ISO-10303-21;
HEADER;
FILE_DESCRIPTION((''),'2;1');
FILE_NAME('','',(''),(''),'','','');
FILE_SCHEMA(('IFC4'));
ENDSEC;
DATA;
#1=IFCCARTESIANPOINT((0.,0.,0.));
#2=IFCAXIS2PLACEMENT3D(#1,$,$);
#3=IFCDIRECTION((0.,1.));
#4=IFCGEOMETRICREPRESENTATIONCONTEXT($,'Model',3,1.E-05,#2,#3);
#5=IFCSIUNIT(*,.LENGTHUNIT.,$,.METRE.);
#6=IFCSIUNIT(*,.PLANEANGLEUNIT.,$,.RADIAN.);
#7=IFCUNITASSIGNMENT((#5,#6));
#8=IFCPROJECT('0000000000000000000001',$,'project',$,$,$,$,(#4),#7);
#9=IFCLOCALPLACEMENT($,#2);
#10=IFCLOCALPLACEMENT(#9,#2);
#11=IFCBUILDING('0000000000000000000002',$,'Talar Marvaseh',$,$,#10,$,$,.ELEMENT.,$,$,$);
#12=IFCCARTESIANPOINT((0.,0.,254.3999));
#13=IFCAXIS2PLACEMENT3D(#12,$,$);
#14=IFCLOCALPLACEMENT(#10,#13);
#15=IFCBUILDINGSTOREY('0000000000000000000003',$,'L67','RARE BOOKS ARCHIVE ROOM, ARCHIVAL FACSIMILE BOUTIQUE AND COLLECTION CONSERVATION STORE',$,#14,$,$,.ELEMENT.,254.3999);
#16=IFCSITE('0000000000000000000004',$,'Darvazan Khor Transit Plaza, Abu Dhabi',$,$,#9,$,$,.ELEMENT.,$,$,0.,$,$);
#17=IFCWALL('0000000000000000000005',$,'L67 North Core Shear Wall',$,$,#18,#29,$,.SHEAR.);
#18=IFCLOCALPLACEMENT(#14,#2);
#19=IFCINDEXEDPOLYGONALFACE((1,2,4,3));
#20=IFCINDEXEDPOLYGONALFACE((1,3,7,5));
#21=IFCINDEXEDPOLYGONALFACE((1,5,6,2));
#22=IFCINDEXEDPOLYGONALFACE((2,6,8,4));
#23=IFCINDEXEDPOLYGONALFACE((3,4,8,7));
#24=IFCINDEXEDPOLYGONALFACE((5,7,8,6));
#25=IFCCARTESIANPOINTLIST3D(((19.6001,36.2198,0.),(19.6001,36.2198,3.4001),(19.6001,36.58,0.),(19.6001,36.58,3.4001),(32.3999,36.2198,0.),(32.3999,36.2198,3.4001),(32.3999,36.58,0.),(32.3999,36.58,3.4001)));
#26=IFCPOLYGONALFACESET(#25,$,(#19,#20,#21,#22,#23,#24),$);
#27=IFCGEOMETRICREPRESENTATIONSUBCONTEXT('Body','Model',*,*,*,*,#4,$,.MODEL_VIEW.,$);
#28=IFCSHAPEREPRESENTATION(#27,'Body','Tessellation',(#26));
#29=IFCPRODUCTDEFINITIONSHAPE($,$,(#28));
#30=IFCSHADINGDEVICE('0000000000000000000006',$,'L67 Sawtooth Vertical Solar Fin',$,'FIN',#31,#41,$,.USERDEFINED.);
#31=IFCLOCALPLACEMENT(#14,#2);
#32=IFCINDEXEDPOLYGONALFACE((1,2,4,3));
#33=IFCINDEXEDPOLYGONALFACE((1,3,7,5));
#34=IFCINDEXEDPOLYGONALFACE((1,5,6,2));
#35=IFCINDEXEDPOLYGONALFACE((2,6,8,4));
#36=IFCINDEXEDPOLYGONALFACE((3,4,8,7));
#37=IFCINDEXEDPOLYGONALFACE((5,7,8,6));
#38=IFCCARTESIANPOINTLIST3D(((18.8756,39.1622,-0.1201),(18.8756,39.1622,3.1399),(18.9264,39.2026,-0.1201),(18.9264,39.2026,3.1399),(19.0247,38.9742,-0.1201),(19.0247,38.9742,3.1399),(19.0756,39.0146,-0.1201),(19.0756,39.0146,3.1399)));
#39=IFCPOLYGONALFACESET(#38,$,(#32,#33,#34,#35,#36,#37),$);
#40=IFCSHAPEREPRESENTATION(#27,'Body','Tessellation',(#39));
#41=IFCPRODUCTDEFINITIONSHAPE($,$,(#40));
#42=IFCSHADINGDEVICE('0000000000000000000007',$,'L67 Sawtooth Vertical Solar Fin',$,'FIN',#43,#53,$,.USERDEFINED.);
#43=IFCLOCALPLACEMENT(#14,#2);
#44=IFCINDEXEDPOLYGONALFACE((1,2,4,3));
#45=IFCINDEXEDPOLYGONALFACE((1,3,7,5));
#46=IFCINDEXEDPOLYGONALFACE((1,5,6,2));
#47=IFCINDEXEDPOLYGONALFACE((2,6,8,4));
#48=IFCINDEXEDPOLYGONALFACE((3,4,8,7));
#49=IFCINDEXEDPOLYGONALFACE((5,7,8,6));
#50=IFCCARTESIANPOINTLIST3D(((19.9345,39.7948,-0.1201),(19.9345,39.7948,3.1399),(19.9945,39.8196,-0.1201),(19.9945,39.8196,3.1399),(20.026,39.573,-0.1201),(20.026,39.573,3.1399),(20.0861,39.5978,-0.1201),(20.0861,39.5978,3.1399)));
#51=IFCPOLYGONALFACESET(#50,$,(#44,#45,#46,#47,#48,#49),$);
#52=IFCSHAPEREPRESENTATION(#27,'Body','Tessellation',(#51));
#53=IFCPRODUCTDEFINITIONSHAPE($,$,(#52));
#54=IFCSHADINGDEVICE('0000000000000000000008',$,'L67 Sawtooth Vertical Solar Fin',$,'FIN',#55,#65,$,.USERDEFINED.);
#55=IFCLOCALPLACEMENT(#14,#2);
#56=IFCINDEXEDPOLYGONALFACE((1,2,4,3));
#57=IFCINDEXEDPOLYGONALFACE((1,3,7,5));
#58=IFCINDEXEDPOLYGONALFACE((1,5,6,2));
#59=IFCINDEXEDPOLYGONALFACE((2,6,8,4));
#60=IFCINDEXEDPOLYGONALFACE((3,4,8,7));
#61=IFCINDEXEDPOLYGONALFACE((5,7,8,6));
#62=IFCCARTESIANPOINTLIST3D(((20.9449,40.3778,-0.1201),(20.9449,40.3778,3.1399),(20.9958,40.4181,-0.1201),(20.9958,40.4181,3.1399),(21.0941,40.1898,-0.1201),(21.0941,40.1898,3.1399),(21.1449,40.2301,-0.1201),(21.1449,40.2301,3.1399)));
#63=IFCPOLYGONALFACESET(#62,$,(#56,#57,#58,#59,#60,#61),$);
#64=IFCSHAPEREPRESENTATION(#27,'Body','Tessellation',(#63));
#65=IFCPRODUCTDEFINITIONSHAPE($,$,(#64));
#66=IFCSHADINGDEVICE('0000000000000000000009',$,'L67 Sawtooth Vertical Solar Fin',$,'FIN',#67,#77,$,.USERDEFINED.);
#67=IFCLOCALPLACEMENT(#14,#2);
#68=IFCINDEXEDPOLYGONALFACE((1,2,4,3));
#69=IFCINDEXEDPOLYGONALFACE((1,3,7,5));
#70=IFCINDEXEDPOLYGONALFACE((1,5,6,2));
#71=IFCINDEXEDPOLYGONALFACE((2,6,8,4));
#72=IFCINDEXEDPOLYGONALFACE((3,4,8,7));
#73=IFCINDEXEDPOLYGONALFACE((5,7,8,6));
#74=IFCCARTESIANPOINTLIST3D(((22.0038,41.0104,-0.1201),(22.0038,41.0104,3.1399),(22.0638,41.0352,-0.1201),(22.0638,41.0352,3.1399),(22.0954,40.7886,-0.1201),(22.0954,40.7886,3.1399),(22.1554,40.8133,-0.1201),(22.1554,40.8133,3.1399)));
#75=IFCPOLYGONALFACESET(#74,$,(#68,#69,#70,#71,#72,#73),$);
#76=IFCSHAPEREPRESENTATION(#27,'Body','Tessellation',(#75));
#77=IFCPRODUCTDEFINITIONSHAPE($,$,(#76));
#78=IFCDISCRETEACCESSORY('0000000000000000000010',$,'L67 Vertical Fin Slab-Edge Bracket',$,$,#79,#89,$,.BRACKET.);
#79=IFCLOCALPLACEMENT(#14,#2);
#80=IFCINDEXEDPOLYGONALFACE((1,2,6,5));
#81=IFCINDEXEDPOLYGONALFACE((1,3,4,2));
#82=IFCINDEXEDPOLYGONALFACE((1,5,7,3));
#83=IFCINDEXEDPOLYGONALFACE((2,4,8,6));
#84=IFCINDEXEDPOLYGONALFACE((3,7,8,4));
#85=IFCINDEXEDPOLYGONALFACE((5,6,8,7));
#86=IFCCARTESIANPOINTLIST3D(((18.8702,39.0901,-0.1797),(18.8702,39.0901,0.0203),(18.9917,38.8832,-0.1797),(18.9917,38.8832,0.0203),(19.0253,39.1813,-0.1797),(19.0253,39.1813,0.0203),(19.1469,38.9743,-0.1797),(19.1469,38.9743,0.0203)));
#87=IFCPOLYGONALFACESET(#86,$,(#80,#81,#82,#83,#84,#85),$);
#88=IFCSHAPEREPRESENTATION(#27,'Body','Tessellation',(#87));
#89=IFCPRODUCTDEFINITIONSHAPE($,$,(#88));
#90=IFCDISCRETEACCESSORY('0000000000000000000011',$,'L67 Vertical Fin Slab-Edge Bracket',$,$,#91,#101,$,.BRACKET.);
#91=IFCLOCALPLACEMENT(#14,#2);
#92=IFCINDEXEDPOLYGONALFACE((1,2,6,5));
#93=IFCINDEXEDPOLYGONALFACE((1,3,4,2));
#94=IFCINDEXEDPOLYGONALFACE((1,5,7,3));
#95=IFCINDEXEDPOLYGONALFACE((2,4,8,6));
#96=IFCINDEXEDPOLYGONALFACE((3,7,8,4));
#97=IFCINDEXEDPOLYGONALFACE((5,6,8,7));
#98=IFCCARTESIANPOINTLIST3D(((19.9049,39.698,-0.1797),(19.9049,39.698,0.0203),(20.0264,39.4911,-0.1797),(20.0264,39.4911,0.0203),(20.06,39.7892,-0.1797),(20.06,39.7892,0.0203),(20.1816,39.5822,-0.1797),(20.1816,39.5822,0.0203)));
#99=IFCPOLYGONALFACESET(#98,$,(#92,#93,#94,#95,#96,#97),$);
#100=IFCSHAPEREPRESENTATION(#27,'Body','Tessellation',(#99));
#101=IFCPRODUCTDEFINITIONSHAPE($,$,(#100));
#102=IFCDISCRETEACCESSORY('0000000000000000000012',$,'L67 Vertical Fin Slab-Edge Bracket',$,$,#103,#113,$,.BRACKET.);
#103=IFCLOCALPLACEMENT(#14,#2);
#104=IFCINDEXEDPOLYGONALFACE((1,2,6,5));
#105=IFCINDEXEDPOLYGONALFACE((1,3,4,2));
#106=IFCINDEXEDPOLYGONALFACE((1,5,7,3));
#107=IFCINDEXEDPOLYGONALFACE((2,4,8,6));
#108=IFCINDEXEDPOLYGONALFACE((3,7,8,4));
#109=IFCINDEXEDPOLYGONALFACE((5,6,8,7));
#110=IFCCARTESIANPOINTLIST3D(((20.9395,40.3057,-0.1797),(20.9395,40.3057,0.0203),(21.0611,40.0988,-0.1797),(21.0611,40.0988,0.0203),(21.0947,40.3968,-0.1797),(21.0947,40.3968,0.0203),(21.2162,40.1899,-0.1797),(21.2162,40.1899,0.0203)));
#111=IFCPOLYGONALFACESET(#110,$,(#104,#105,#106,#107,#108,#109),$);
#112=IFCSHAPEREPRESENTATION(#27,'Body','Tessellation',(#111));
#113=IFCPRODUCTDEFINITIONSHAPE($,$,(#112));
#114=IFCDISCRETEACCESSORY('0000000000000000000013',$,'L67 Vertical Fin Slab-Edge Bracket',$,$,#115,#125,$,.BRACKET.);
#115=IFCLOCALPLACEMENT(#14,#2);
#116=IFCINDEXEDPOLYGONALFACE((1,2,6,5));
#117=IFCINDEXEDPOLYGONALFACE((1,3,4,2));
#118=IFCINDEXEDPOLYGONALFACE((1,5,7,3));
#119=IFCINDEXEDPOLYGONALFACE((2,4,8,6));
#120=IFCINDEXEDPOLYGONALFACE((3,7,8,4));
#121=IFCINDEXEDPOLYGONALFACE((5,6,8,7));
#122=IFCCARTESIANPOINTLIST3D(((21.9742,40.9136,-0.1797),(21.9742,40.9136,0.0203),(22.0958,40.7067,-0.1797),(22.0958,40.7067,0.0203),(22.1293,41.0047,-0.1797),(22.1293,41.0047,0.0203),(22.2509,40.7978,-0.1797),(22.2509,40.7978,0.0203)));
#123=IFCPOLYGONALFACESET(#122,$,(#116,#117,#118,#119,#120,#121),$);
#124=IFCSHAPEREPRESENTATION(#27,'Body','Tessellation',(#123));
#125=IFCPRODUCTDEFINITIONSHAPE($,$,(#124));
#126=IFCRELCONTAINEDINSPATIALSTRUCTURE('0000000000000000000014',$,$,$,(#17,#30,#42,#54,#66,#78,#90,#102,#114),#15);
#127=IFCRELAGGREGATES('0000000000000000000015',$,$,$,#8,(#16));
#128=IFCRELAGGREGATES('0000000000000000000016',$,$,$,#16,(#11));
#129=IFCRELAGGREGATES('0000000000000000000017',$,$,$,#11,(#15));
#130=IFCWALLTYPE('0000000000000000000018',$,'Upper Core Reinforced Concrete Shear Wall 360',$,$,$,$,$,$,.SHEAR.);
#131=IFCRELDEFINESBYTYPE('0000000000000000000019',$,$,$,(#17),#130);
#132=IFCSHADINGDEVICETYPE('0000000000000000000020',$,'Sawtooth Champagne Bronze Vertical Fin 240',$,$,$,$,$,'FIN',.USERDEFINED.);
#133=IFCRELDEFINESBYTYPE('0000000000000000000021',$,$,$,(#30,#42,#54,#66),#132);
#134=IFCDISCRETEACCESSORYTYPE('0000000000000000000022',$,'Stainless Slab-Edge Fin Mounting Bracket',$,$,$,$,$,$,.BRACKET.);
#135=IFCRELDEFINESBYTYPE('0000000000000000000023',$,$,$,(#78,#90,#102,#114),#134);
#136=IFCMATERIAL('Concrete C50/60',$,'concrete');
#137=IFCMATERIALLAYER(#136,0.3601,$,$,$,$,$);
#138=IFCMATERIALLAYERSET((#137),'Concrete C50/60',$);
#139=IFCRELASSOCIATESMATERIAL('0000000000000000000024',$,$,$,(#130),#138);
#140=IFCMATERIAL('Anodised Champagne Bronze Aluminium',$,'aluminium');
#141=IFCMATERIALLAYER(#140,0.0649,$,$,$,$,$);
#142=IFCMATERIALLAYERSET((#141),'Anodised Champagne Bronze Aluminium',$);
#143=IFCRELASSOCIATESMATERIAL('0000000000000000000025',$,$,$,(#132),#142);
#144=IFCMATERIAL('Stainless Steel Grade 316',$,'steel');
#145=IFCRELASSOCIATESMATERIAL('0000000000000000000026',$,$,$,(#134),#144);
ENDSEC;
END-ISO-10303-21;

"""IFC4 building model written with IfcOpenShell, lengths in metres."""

from ifc_helpers import new_model, si_unit, direction, frame, frame_2d, origin, origin_2d, place, context, subcontext, project, spatial, rectangle, extrude, source, transform, mapped, material, layer, layer_set, type_object, type_shapes, element, save


model = new_model("IFC4")

# Units and contexts
model_context = context("Model", 3, precision=1e-05, world=origin(), true_north=direction((0.0, 1.0)))
body_context = subcontext(model_context, "Body", "Model", "MODEL_VIEW")
ifc_project = project(units=[si_unit("LENGTHUNIT", "METRE"), si_unit("PLANEANGLEUNIT", "RADIAN")], contexts=[model_context])

# Site, building, storey
site_placement = place(None, origin())
site = spatial("IfcSite", under=ifc_project, at=site_placement, Name="Darvazan Khor Transit Plaza, Abu Dhabi", CompositionType="ELEMENT", RefElevation=0.0)
building_placement = place(site_placement, origin())
building = spatial("IfcBuilding", under=site, at=building_placement, Name="Talar Marvaseh", CompositionType="ELEMENT")
storey_placement = place(building_placement, frame((0.0, 0.0, 254.3999)))
storey = spatial("IfcBuildingStorey", under=building, at=storey_placement, Name="L67", Description="RARE BOOKS ARCHIVE ROOM, ARCHIVAL FACSIMILE BOUTIQUE AND COLLECTION CONSERVATION STORE", CompositionType="ELEMENT", Elevation=254.3999)

# Shared definitions
ifc_material_1 = material(Name="Concrete C50/60", Category="concrete")

# Wall
ifc_layer_1 = layer(ifc_material_1, 0.3601)
ifc_layer_set_1 = layer_set([ifc_layer_1], Name="Concrete C50/60")
wall_type = type_object("IfcWallType", Name="Upper Core Reinforced Concrete Shear Wall 360", PredefinedType="SHEAR", material=ifc_layer_set_1)
wall_placement = place(storey_placement, frame((19.6001, 36.3999, 0.0), z_axis=(0.0, 0.0, 1.0), x_axis=(1.0, 0.0, 0.0)))
element("IfcWall", 1, at=wall_placement, inside=storey, type_object=wall_type, Name="L67 North Core Shear Wall", PredefinedType="SHEAR", context=body_context, shape_type="SweptSolid", body=[
    extrude(rectangle(XDim=12.7998, YDim=0.3601, at=frame_2d((6.3999, 0.0))), origin(), (0.0, 0.0, 1.0), 3.4001),
])

# Shading devices
ifc_material_2 = material(Name="Anodised Champagne Bronze Aluminium", Category="aluminium")
ifc_layer_2 = layer(ifc_material_2, 0.0649)
ifc_layer_set_2 = layer_set([ifc_layer_2], Name="Anodised Champagne Bronze Aluminium")
shading_device_type = type_object("IfcShadingDeviceType", Name="Sawtooth Champagne Bronze Vertical Fin 240", ElementType="FIN", PredefinedType="USERDEFINED", material=ifc_layer_set_2)
shared_shape_1 = source(origin(), body_context, "Body", "SweptSolid", [
    extrude(rectangle(XDim=0.24, YDim=0.0649, at=origin_2d()), origin(), (0.0, 0.0, 1.0), 3.26),
])
type_shapes(shading_device_type, [shared_shape_1])
for number, where, z_axis, x_axis, name in (
    (2, (18.9756, 39.0884, -0.1201), (0.0, 0.0, 1.0), (-0.621558, 0.783368, 0.0), "L67 Sawtooth Vertical Solar Fin"),
    (3, (20.0103, 39.6963, -0.1201), (0.0, 0.0, 1.0), (-0.381554, 0.924346, 0.0), "L67 Sawtooth Vertical Solar Fin"),
    (4, (21.0449, 40.304, -0.1201), (0.0, 0.0, 1.0), (-0.621558, 0.783368, 0.0), "L67 Sawtooth Vertical Solar Fin"),
    (5, (22.0796, 40.9119, -0.1201), (0.0, 0.0, 1.0), (-0.381554, 0.924346, 0.0), "L67 Sawtooth Vertical Solar Fin"),
):
    element("IfcShadingDevice", number, at=place(storey_placement, frame(where, z_axis=z_axis, x_axis=x_axis)), inside=storey, type_object=shading_device_type, Name=name, ObjectType="FIN", PredefinedType="USERDEFINED", context=body_context, shape_type="MappedRepresentation", body=[
        mapped(shared_shape_1, transform((0.0, 0.0, 0.0), x_axis=(1.0, 0.0, 0.0), y_axis=(0.0, 1.0, 0.0), z_axis=(0.0, 0.0, 1.0), scale=1.0)),
    ])

# Discrete accessories
ifc_material_3 = material(Name="Stainless Steel Grade 316", Category="steel")
discrete_accessory_type = type_object("IfcDiscreteAccessoryType", Name="Stainless Slab-Edge Fin Mounting Bracket", PredefinedType="BRACKET", material=ifc_material_3)
shared_shape_2 = source(origin(), body_context, "Body", "SweptSolid", [
    extrude(rectangle(XDim=0.24, YDim=0.1799, at=origin_2d()), origin(), (0.0, 0.0, 1.0), 0.2),
])
type_shapes(discrete_accessory_type, [shared_shape_2])
for number, where, z_axis, x_axis, name in (
    (6, (19.0085, 39.0322, -0.1797), (0.0, 0.0, 1.0), (-0.506485, 0.862249, 0.0), "L67 Vertical Fin Slab-Edge Bracket"),
    (7, (20.0432, 39.6401, -0.1797), (0.0, 0.0, 1.0), (-0.506485, 0.862249, 0.0), "L67 Vertical Fin Slab-Edge Bracket"),
    (8, (21.0779, 40.2478, -0.1797), (0.0, 0.0, 1.0), (-0.506485, 0.862249, 0.0), "L67 Vertical Fin Slab-Edge Bracket"),
    (9, (22.1125, 40.8557, -0.1797), (0.0, 0.0, 1.0), (-0.506485, 0.862249, 0.0), "L67 Vertical Fin Slab-Edge Bracket"),
):
    element("IfcDiscreteAccessory", number, at=place(storey_placement, frame(where, z_axis=z_axis, x_axis=x_axis)), inside=storey, type_object=discrete_accessory_type, Name=name, PredefinedType="BRACKET", context=body_context, shape_type="MappedRepresentation", body=[
        mapped(shared_shape_2, transform((0.0, 0.0, 0.0), x_axis=(1.0, 0.0, 0.0), y_axis=(0.0, 1.0, 0.0), z_axis=(0.0, 0.0, 1.0), scale=1.0)),
    ])

save(model, "model.ifc")
